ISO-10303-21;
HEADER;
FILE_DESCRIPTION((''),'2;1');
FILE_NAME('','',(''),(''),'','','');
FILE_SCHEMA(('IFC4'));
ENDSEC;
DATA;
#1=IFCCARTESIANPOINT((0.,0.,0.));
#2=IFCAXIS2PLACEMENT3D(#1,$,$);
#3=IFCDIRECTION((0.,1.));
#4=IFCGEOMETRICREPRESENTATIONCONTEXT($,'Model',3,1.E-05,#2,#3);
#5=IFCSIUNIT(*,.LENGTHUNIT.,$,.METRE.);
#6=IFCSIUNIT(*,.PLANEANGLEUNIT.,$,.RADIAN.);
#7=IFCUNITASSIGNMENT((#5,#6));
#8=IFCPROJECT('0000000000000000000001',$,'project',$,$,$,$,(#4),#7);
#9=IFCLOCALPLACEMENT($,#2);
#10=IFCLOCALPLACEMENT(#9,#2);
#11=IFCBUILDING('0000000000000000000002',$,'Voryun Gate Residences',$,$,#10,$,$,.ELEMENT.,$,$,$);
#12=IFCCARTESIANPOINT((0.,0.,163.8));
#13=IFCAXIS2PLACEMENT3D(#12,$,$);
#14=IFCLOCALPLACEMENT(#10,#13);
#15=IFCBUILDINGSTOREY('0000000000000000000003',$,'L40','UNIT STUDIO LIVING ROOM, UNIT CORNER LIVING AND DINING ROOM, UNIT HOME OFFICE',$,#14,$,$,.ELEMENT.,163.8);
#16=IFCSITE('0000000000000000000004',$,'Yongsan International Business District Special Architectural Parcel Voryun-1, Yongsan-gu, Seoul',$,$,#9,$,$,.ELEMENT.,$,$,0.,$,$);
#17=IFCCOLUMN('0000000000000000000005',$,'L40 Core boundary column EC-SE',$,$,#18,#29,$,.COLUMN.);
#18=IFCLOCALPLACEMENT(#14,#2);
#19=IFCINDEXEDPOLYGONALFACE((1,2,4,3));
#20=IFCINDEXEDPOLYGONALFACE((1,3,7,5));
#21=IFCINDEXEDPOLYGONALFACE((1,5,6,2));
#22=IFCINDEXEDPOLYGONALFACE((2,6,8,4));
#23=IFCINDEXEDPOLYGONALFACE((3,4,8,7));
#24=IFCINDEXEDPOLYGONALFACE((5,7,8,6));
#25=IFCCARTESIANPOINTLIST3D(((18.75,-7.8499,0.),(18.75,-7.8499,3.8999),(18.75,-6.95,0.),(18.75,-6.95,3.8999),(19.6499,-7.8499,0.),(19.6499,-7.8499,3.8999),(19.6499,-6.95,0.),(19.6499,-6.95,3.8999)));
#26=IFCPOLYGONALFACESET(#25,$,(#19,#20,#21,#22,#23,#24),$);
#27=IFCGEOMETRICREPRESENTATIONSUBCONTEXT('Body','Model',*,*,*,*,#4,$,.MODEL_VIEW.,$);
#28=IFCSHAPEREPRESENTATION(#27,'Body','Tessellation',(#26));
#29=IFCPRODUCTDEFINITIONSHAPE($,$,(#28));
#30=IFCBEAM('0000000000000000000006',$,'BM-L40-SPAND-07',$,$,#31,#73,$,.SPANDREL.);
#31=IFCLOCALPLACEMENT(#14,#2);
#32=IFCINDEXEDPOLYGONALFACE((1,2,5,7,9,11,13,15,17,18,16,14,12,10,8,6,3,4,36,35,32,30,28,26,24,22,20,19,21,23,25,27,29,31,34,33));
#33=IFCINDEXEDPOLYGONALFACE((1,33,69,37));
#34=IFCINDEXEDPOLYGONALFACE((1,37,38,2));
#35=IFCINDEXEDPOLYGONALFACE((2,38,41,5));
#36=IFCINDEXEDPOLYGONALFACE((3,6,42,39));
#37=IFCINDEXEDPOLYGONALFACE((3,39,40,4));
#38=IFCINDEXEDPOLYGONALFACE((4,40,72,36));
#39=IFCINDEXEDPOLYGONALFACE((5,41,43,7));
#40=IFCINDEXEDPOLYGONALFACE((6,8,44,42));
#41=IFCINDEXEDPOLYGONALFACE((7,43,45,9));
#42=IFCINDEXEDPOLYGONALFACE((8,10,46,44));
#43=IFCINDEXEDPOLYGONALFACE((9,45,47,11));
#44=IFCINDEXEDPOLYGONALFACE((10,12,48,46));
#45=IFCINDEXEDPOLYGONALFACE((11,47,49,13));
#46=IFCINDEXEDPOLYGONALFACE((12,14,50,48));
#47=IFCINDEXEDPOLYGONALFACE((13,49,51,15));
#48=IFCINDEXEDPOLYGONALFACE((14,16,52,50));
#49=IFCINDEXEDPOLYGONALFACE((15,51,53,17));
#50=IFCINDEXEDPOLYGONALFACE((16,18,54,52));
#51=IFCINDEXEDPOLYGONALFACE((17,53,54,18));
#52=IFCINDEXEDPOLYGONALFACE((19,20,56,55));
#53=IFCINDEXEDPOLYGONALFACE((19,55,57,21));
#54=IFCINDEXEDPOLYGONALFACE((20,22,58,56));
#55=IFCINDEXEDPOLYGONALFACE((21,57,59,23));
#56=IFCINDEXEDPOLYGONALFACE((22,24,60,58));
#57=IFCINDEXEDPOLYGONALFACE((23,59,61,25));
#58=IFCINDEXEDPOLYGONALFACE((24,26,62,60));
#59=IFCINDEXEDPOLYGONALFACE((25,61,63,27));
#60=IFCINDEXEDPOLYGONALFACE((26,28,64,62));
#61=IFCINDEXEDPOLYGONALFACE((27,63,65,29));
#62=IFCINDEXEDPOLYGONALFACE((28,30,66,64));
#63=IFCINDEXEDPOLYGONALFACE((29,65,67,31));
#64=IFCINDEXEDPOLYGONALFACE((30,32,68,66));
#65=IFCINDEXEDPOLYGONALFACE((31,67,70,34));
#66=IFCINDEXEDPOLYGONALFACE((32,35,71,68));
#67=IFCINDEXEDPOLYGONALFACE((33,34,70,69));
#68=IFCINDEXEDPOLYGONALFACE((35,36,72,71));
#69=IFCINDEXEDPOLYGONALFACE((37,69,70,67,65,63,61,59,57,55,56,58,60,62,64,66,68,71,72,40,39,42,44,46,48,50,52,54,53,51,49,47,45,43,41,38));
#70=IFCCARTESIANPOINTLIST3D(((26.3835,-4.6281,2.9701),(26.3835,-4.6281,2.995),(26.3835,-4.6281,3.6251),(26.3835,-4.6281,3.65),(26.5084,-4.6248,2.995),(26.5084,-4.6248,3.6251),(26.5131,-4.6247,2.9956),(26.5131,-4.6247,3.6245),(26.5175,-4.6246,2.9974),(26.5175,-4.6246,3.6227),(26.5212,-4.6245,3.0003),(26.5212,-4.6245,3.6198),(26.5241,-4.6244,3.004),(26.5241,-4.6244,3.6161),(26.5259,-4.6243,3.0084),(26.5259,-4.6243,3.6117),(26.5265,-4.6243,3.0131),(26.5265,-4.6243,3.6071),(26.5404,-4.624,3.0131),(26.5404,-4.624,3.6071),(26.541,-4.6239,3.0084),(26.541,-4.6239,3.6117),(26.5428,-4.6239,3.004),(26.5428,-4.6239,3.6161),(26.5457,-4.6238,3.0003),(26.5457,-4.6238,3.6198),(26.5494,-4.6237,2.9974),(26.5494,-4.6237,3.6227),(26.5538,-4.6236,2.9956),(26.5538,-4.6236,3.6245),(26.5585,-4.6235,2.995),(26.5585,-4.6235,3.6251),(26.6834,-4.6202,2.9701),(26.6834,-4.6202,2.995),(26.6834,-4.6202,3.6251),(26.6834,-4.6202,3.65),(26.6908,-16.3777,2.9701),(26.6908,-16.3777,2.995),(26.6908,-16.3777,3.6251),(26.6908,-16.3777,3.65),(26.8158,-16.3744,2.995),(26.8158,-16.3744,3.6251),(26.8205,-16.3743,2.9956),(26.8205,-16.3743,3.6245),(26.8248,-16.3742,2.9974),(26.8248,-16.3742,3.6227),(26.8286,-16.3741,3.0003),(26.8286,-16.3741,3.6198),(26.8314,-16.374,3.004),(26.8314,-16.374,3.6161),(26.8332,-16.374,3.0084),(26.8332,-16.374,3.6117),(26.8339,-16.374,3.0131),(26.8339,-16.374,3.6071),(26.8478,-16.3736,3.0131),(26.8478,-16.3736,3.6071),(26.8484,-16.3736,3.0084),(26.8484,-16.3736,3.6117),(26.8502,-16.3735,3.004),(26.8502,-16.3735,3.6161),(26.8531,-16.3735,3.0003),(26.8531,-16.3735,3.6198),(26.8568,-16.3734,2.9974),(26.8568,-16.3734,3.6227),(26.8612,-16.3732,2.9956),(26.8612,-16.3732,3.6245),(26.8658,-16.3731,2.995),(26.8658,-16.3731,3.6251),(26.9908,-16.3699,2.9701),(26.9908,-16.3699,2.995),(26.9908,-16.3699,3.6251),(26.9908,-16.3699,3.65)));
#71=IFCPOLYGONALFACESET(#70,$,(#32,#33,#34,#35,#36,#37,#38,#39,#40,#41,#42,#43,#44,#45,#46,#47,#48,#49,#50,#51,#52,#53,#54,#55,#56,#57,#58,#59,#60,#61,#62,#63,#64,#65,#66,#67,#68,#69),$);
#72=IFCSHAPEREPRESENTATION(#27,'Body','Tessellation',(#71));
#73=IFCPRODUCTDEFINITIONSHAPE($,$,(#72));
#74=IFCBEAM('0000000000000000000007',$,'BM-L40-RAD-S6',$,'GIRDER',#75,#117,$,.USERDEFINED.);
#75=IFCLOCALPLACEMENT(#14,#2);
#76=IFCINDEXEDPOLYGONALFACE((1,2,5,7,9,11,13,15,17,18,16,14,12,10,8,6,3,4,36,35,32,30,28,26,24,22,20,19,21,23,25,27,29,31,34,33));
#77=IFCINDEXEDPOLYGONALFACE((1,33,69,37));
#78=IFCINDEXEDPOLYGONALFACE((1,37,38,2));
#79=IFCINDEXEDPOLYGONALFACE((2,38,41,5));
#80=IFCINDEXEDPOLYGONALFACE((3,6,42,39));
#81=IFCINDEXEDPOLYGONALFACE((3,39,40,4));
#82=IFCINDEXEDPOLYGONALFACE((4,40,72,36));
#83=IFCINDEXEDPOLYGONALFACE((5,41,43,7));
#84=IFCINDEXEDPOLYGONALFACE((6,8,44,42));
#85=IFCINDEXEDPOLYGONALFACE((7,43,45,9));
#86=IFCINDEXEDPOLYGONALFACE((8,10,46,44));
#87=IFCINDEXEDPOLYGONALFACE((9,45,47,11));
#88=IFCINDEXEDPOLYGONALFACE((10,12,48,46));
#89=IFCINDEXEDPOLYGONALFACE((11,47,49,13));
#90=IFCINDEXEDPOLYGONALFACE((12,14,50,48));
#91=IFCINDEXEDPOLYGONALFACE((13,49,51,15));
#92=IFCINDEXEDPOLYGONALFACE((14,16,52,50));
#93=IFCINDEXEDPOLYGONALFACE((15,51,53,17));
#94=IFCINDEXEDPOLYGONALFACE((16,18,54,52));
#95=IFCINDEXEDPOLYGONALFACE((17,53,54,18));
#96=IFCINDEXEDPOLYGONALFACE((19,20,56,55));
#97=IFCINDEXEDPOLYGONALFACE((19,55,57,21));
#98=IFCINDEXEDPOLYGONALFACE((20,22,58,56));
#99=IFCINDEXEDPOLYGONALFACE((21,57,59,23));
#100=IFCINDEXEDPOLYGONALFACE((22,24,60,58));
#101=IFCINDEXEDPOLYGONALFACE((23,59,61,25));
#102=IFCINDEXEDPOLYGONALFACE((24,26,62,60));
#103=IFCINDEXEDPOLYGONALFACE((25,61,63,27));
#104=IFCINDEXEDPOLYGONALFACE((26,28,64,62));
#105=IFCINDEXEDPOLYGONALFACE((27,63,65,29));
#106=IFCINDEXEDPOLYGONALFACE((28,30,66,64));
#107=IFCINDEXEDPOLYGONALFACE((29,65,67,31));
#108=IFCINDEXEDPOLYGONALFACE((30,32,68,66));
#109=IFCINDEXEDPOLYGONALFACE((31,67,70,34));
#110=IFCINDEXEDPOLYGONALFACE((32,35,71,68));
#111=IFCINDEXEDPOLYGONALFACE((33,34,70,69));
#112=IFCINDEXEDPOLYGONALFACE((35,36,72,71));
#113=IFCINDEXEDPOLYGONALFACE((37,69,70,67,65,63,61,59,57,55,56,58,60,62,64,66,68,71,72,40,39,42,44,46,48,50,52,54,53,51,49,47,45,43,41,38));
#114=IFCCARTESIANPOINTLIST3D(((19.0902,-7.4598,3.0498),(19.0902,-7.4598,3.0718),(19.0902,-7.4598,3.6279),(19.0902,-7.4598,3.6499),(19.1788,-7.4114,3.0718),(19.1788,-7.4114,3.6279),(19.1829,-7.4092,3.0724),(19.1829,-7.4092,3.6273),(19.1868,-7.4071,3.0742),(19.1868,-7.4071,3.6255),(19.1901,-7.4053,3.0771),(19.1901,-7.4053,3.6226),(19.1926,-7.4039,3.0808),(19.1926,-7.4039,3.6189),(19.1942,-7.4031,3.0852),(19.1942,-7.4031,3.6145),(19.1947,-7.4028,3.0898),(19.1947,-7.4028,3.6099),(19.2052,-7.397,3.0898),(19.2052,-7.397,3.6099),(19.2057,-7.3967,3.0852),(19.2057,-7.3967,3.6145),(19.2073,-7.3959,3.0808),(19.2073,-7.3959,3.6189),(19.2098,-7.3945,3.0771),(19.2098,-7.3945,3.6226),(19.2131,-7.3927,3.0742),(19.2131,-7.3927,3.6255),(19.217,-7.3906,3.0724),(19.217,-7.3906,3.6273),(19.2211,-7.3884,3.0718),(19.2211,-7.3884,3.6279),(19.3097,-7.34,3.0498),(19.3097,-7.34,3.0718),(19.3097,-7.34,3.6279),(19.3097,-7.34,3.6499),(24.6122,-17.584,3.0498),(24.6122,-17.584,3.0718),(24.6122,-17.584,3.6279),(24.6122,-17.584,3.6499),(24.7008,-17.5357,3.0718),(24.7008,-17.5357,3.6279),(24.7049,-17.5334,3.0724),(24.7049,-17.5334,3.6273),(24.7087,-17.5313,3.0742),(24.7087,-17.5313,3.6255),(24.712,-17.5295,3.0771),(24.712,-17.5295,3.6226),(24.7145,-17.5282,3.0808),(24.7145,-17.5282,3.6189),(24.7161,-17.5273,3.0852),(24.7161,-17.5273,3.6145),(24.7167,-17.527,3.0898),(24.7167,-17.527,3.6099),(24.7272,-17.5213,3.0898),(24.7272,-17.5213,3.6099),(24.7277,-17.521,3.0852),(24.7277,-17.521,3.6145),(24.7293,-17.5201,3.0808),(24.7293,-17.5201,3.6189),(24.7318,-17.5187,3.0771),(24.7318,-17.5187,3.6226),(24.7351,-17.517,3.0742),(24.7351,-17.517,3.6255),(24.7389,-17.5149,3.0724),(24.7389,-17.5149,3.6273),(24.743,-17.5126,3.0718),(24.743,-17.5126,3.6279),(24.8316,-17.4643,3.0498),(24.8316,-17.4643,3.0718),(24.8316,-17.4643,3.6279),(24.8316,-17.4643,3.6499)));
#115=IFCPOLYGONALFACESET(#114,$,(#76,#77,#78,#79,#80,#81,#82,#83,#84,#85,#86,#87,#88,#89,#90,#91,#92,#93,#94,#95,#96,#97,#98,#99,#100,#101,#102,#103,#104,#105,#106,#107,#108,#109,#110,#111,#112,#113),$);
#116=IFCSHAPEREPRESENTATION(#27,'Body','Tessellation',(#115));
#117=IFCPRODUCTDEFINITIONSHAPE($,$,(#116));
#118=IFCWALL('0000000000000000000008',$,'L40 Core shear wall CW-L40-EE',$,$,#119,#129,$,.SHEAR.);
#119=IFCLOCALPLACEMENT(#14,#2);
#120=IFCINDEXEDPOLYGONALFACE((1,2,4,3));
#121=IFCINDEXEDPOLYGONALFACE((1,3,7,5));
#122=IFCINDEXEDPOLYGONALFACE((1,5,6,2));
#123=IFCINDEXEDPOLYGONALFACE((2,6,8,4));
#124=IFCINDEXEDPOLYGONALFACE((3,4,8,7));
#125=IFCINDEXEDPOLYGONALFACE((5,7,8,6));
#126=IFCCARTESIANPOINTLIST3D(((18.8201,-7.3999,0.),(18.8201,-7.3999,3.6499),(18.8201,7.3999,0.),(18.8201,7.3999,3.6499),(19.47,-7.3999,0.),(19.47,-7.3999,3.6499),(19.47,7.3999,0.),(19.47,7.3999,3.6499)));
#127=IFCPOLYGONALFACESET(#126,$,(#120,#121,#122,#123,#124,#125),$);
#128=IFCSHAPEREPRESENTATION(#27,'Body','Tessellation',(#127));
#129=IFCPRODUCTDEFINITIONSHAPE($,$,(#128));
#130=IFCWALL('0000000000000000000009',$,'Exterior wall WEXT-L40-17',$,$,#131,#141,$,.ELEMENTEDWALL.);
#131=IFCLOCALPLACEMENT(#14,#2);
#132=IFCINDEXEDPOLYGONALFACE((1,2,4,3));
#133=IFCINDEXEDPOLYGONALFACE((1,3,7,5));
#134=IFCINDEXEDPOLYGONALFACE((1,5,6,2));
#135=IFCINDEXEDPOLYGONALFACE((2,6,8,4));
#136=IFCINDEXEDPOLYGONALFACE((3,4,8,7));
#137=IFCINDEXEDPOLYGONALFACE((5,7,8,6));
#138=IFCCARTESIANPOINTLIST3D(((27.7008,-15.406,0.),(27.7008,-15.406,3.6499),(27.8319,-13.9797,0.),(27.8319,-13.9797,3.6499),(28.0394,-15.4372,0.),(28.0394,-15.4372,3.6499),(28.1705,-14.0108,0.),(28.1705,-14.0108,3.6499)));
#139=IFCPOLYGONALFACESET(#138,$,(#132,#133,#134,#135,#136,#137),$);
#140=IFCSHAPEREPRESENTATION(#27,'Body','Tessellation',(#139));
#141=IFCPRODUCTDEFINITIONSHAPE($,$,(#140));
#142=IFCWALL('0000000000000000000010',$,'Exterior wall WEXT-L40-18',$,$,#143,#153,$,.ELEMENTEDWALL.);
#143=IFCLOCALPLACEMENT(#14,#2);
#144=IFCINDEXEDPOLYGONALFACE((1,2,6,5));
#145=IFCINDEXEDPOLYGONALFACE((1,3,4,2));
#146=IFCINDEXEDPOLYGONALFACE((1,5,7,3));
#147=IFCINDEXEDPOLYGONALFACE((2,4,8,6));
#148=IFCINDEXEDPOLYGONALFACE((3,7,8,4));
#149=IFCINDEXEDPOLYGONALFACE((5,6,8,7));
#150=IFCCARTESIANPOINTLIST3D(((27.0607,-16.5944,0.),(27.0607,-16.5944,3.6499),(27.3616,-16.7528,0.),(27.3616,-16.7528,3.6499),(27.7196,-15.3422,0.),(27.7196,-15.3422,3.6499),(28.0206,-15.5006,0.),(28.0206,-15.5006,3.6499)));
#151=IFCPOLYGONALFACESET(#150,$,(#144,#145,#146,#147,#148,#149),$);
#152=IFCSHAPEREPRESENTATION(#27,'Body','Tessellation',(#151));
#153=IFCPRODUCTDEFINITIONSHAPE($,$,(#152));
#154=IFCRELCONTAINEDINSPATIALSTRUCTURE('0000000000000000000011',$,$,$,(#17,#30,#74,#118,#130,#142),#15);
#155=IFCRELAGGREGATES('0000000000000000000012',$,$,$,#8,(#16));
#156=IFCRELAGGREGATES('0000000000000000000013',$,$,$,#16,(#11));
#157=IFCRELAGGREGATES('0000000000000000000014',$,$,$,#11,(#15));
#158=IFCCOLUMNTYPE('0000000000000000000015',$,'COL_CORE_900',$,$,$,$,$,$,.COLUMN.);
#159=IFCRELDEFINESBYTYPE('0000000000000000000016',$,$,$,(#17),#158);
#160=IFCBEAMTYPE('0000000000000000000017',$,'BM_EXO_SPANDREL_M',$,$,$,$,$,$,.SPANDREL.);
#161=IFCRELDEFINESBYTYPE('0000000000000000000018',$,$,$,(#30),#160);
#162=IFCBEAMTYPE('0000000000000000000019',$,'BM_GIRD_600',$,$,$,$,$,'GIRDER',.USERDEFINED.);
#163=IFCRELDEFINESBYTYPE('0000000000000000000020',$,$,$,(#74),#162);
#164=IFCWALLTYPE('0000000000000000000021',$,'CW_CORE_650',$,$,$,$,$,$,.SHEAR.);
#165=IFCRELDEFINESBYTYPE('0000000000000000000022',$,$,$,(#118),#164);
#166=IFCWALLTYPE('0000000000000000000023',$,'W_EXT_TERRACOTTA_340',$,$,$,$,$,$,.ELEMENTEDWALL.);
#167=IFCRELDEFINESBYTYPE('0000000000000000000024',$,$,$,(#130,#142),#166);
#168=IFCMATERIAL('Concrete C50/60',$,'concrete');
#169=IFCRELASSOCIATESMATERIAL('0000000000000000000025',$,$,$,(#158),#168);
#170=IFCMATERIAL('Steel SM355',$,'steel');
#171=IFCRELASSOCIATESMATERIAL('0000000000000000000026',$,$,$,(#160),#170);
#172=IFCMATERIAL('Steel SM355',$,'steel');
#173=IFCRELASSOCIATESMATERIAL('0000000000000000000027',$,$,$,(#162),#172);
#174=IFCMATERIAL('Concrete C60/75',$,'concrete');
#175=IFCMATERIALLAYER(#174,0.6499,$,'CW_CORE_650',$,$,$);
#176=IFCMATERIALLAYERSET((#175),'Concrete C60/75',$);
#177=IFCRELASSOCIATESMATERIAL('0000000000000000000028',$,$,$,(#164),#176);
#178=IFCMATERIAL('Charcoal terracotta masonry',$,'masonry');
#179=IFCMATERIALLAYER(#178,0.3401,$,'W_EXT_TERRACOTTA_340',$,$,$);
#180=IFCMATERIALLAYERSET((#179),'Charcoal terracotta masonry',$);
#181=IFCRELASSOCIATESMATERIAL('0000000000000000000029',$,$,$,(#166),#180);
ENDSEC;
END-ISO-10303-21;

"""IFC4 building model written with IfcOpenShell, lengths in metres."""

from ifc_helpers import new_model, si_unit, direction, frame, frame_2d, origin, origin_2d, place, context, subcontext, project, spatial, rectangle, i_section, extrude, material, layer, layer_set, material_profile, profile_set, type_object, element, save


model = new_model("IFC4")

# Units and contexts
model_context = context("Model", 3, precision=1e-05, world=origin(), true_north=direction((0.0, 1.0)))
body_context = subcontext(model_context, "Body", "Model", "MODEL_VIEW")
ifc_project = project(units=[si_unit("LENGTHUNIT", "METRE"), si_unit("PLANEANGLEUNIT", "RADIAN")], contexts=[model_context])

# Site, building, storey
site_placement = place(None, origin())
site = spatial("IfcSite", under=ifc_project, at=site_placement, Name="Yongsan International Business District Special Architectural Parcel Voryun-1, Yongsan-gu, Seoul", CompositionType="ELEMENT", RefElevation=0.0)
building_placement = place(site_placement, origin())
building = spatial("IfcBuilding", under=site, at=building_placement, Name="Voryun Gate Residences", CompositionType="ELEMENT")
storey_placement = place(building_placement, frame((0.0, 0.0, 163.8)))
storey = spatial("IfcBuildingStorey", under=building, at=storey_placement, Name="L40", Description="UNIT STUDIO LIVING ROOM, UNIT CORNER LIVING AND DINING ROOM, UNIT HOME OFFICE", CompositionType="ELEMENT", Elevation=163.8)

# Column
ifc_material_1 = material(Name="Concrete C50/60", Category="concrete")
ifc_material_profile_1 = material_profile(ifc_material_1, rectangle(XDim=0.8999, YDim=0.8999, at=origin_2d()), Name="RC-900x900")
ifc_profile_set_1 = profile_set([ifc_material_profile_1], Name="Concrete C50/60")
column_type = type_object("IfcColumnType", Name="COL_CORE_900", PredefinedType="COLUMN", material=ifc_profile_set_1)
column_placement = place(storey_placement, frame((19.2, -7.3999, 0.0), z_axis=(0.0, 0.0, 1.0), x_axis=(1.0, 0.0, 0.0)))
element("IfcColumn", 1, at=column_placement, inside=storey, type_object=column_type, Name="L40 Core boundary column EC-SE", PredefinedType="COLUMN", context=body_context, shape_type="SweptSolid", body=[
    extrude(rectangle(XDim=0.8999, YDim=0.8999, at=origin_2d()), origin(), (0.0, 0.0, 1.0), 3.8999),
])

# Beams
ifc_material_2 = material(Name="Steel SM355", Category="steel")
ifc_material_profile_2 = material_profile(ifc_material_2, i_section(OverallWidth=0.3, OverallDepth=0.6799, WebThickness=0.0139, FlangeThickness=0.0249, FilletRadius=0.0181, at=origin_2d()), Name="H-680x300x14x25")
ifc_profile_set_2 = profile_set([ifc_material_profile_2], Name="Steel SM355")
beam_type_1 = type_object("IfcBeamType", Name="BM_EXO_SPANDREL_M", PredefinedType="SPANDREL", material=ifc_profile_set_2)
beam_1_placement = place(storey_placement, frame((26.8408, -16.3738, 3.3101), z_axis=(-0.026151, 0.999658, 0.0), x_axis=(-0.999658, -0.026151, 0.0)))
element("IfcBeam", 2, at=beam_1_placement, inside=storey, type_object=beam_type_1, Name="BM-L40-SPAND-07", PredefinedType="SPANDREL", context=body_context, shape_type="SweptSolid", body=[
    extrude(i_section(OverallWidth=0.3, OverallDepth=0.6799, WebThickness=0.0139, FlangeThickness=0.0249, FilletRadius=0.0181, at=origin_2d()), origin(), (0.0, 0.0, 1.0), 11.7537),
])
ifc_material_3 = material(Name="Steel SM355", Category="steel")
ifc_material_profile_3 = material_profile(ifc_material_3, i_section(OverallWidth=0.25, OverallDepth=0.6001, WebThickness=0.012, FlangeThickness=0.022, FilletRadius=0.0181, at=origin_2d()), Name="H-600x250x12x22")
ifc_profile_set_3 = profile_set([ifc_material_profile_3], Name="Steel SM355")
beam_type_2 = type_object("IfcBeamType", Name="BM_GIRD_600", ElementType="GIRDER", PredefinedType="USERDEFINED", material=ifc_profile_set_3)
beam_2_placement = place(storey_placement, frame((19.2, -7.3999, 3.3499), z_axis=(0.478828, -0.877909, 0.0), x_axis=(0.877909, 0.478828, 0.0)))
element("IfcBeam", 3, at=beam_2_placement, inside=storey, type_object=beam_type_2, Name="BM-L40-RAD-S6", ObjectType="GIRDER", PredefinedType="USERDEFINED", context=body_context, shape_type="SweptSolid", body=[
    extrude(i_section(OverallWidth=0.25, OverallDepth=0.6001, WebThickness=0.012, FlangeThickness=0.022, FilletRadius=0.0181, at=origin_2d()), origin(), (0.0, 0.0, 1.0), 11.5322),
])

# Walls
ifc_material_4 = material(Name="Concrete C60/75", Category="concrete")
ifc_layer_1 = layer(ifc_material_4, 0.6499, Name="CW_CORE_650")
ifc_layer_set_1 = layer_set([ifc_layer_1], Name="Concrete C60/75")
wall_type_1 = type_object("IfcWallType", Name="CW_CORE_650", PredefinedType="SHEAR", material=ifc_layer_set_1)
wall_1_placement = place(storey_placement, frame((19.145, -7.3999, 0.0), z_axis=(0.0, 0.0, 1.0), x_axis=(0.0, 1.0, 0.0)))
element("IfcWall", 4, at=wall_1_placement, inside=storey, type_object=wall_type_1, Name="L40 Core shear wall CW-L40-EE", PredefinedType="SHEAR", context=body_context, shape_type="SweptSolid", body=[
    extrude(rectangle(XDim=14.7998, YDim=0.6499, at=frame_2d((7.3999, 0.0))), origin(), (0.0, 0.0, 1.0), 3.6499),
])
ifc_material_5 = material(Name="Charcoal terracotta masonry", Category="masonry")
ifc_layer_2 = layer(ifc_material_5, 0.3401, Name="W_EXT_TERRACOTTA_340")
ifc_layer_set_2 = layer_set([ifc_layer_2], Name="Charcoal terracotta masonry")
wall_type_2 = type_object("IfcWallType", Name="W_EXT_TERRACOTTA_340", PredefinedType="ELEMENTEDWALL", material=ifc_layer_set_2)
wall_2_placement = place(storey_placement, frame((28.0012, -13.9951, 0.0), z_axis=(0.0, 0.0, 1.0), x_axis=(-0.091535, -0.995802, 0.0)))
element("IfcWall", 5, at=wall_2_placement, inside=storey, type_object=wall_type_2, Name="Exterior wall WEXT-L40-17", PredefinedType="ELEMENTEDWALL", context=body_context, shape_type="SweptSolid", body=[
    extrude(rectangle(XDim=1.4324, YDim=0.3401, at=frame_2d((0.7163, 0.0))), origin(), (0.0, 0.0, 1.0), 3.6499),
])
wall_3_placement = place(storey_placement, frame((27.8701, -15.4214, 0.0), z_axis=(0.0, 0.0, 1.0), x_axis=(-0.465682, -0.884952, 0.0)))
element("IfcWall", 6, at=wall_3_placement, inside=storey, type_object=wall_type_2, Name="Exterior wall WEXT-L40-18", PredefinedType="ELEMENTEDWALL", context=body_context, shape_type="SweptSolid", body=[
    extrude(rectangle(XDim=1.415, YDim=0.3401, at=frame_2d((0.7075, 0.0))), origin(), (0.0, 0.0, 1.0), 3.6499),
])

save(model, "model.ifc")
